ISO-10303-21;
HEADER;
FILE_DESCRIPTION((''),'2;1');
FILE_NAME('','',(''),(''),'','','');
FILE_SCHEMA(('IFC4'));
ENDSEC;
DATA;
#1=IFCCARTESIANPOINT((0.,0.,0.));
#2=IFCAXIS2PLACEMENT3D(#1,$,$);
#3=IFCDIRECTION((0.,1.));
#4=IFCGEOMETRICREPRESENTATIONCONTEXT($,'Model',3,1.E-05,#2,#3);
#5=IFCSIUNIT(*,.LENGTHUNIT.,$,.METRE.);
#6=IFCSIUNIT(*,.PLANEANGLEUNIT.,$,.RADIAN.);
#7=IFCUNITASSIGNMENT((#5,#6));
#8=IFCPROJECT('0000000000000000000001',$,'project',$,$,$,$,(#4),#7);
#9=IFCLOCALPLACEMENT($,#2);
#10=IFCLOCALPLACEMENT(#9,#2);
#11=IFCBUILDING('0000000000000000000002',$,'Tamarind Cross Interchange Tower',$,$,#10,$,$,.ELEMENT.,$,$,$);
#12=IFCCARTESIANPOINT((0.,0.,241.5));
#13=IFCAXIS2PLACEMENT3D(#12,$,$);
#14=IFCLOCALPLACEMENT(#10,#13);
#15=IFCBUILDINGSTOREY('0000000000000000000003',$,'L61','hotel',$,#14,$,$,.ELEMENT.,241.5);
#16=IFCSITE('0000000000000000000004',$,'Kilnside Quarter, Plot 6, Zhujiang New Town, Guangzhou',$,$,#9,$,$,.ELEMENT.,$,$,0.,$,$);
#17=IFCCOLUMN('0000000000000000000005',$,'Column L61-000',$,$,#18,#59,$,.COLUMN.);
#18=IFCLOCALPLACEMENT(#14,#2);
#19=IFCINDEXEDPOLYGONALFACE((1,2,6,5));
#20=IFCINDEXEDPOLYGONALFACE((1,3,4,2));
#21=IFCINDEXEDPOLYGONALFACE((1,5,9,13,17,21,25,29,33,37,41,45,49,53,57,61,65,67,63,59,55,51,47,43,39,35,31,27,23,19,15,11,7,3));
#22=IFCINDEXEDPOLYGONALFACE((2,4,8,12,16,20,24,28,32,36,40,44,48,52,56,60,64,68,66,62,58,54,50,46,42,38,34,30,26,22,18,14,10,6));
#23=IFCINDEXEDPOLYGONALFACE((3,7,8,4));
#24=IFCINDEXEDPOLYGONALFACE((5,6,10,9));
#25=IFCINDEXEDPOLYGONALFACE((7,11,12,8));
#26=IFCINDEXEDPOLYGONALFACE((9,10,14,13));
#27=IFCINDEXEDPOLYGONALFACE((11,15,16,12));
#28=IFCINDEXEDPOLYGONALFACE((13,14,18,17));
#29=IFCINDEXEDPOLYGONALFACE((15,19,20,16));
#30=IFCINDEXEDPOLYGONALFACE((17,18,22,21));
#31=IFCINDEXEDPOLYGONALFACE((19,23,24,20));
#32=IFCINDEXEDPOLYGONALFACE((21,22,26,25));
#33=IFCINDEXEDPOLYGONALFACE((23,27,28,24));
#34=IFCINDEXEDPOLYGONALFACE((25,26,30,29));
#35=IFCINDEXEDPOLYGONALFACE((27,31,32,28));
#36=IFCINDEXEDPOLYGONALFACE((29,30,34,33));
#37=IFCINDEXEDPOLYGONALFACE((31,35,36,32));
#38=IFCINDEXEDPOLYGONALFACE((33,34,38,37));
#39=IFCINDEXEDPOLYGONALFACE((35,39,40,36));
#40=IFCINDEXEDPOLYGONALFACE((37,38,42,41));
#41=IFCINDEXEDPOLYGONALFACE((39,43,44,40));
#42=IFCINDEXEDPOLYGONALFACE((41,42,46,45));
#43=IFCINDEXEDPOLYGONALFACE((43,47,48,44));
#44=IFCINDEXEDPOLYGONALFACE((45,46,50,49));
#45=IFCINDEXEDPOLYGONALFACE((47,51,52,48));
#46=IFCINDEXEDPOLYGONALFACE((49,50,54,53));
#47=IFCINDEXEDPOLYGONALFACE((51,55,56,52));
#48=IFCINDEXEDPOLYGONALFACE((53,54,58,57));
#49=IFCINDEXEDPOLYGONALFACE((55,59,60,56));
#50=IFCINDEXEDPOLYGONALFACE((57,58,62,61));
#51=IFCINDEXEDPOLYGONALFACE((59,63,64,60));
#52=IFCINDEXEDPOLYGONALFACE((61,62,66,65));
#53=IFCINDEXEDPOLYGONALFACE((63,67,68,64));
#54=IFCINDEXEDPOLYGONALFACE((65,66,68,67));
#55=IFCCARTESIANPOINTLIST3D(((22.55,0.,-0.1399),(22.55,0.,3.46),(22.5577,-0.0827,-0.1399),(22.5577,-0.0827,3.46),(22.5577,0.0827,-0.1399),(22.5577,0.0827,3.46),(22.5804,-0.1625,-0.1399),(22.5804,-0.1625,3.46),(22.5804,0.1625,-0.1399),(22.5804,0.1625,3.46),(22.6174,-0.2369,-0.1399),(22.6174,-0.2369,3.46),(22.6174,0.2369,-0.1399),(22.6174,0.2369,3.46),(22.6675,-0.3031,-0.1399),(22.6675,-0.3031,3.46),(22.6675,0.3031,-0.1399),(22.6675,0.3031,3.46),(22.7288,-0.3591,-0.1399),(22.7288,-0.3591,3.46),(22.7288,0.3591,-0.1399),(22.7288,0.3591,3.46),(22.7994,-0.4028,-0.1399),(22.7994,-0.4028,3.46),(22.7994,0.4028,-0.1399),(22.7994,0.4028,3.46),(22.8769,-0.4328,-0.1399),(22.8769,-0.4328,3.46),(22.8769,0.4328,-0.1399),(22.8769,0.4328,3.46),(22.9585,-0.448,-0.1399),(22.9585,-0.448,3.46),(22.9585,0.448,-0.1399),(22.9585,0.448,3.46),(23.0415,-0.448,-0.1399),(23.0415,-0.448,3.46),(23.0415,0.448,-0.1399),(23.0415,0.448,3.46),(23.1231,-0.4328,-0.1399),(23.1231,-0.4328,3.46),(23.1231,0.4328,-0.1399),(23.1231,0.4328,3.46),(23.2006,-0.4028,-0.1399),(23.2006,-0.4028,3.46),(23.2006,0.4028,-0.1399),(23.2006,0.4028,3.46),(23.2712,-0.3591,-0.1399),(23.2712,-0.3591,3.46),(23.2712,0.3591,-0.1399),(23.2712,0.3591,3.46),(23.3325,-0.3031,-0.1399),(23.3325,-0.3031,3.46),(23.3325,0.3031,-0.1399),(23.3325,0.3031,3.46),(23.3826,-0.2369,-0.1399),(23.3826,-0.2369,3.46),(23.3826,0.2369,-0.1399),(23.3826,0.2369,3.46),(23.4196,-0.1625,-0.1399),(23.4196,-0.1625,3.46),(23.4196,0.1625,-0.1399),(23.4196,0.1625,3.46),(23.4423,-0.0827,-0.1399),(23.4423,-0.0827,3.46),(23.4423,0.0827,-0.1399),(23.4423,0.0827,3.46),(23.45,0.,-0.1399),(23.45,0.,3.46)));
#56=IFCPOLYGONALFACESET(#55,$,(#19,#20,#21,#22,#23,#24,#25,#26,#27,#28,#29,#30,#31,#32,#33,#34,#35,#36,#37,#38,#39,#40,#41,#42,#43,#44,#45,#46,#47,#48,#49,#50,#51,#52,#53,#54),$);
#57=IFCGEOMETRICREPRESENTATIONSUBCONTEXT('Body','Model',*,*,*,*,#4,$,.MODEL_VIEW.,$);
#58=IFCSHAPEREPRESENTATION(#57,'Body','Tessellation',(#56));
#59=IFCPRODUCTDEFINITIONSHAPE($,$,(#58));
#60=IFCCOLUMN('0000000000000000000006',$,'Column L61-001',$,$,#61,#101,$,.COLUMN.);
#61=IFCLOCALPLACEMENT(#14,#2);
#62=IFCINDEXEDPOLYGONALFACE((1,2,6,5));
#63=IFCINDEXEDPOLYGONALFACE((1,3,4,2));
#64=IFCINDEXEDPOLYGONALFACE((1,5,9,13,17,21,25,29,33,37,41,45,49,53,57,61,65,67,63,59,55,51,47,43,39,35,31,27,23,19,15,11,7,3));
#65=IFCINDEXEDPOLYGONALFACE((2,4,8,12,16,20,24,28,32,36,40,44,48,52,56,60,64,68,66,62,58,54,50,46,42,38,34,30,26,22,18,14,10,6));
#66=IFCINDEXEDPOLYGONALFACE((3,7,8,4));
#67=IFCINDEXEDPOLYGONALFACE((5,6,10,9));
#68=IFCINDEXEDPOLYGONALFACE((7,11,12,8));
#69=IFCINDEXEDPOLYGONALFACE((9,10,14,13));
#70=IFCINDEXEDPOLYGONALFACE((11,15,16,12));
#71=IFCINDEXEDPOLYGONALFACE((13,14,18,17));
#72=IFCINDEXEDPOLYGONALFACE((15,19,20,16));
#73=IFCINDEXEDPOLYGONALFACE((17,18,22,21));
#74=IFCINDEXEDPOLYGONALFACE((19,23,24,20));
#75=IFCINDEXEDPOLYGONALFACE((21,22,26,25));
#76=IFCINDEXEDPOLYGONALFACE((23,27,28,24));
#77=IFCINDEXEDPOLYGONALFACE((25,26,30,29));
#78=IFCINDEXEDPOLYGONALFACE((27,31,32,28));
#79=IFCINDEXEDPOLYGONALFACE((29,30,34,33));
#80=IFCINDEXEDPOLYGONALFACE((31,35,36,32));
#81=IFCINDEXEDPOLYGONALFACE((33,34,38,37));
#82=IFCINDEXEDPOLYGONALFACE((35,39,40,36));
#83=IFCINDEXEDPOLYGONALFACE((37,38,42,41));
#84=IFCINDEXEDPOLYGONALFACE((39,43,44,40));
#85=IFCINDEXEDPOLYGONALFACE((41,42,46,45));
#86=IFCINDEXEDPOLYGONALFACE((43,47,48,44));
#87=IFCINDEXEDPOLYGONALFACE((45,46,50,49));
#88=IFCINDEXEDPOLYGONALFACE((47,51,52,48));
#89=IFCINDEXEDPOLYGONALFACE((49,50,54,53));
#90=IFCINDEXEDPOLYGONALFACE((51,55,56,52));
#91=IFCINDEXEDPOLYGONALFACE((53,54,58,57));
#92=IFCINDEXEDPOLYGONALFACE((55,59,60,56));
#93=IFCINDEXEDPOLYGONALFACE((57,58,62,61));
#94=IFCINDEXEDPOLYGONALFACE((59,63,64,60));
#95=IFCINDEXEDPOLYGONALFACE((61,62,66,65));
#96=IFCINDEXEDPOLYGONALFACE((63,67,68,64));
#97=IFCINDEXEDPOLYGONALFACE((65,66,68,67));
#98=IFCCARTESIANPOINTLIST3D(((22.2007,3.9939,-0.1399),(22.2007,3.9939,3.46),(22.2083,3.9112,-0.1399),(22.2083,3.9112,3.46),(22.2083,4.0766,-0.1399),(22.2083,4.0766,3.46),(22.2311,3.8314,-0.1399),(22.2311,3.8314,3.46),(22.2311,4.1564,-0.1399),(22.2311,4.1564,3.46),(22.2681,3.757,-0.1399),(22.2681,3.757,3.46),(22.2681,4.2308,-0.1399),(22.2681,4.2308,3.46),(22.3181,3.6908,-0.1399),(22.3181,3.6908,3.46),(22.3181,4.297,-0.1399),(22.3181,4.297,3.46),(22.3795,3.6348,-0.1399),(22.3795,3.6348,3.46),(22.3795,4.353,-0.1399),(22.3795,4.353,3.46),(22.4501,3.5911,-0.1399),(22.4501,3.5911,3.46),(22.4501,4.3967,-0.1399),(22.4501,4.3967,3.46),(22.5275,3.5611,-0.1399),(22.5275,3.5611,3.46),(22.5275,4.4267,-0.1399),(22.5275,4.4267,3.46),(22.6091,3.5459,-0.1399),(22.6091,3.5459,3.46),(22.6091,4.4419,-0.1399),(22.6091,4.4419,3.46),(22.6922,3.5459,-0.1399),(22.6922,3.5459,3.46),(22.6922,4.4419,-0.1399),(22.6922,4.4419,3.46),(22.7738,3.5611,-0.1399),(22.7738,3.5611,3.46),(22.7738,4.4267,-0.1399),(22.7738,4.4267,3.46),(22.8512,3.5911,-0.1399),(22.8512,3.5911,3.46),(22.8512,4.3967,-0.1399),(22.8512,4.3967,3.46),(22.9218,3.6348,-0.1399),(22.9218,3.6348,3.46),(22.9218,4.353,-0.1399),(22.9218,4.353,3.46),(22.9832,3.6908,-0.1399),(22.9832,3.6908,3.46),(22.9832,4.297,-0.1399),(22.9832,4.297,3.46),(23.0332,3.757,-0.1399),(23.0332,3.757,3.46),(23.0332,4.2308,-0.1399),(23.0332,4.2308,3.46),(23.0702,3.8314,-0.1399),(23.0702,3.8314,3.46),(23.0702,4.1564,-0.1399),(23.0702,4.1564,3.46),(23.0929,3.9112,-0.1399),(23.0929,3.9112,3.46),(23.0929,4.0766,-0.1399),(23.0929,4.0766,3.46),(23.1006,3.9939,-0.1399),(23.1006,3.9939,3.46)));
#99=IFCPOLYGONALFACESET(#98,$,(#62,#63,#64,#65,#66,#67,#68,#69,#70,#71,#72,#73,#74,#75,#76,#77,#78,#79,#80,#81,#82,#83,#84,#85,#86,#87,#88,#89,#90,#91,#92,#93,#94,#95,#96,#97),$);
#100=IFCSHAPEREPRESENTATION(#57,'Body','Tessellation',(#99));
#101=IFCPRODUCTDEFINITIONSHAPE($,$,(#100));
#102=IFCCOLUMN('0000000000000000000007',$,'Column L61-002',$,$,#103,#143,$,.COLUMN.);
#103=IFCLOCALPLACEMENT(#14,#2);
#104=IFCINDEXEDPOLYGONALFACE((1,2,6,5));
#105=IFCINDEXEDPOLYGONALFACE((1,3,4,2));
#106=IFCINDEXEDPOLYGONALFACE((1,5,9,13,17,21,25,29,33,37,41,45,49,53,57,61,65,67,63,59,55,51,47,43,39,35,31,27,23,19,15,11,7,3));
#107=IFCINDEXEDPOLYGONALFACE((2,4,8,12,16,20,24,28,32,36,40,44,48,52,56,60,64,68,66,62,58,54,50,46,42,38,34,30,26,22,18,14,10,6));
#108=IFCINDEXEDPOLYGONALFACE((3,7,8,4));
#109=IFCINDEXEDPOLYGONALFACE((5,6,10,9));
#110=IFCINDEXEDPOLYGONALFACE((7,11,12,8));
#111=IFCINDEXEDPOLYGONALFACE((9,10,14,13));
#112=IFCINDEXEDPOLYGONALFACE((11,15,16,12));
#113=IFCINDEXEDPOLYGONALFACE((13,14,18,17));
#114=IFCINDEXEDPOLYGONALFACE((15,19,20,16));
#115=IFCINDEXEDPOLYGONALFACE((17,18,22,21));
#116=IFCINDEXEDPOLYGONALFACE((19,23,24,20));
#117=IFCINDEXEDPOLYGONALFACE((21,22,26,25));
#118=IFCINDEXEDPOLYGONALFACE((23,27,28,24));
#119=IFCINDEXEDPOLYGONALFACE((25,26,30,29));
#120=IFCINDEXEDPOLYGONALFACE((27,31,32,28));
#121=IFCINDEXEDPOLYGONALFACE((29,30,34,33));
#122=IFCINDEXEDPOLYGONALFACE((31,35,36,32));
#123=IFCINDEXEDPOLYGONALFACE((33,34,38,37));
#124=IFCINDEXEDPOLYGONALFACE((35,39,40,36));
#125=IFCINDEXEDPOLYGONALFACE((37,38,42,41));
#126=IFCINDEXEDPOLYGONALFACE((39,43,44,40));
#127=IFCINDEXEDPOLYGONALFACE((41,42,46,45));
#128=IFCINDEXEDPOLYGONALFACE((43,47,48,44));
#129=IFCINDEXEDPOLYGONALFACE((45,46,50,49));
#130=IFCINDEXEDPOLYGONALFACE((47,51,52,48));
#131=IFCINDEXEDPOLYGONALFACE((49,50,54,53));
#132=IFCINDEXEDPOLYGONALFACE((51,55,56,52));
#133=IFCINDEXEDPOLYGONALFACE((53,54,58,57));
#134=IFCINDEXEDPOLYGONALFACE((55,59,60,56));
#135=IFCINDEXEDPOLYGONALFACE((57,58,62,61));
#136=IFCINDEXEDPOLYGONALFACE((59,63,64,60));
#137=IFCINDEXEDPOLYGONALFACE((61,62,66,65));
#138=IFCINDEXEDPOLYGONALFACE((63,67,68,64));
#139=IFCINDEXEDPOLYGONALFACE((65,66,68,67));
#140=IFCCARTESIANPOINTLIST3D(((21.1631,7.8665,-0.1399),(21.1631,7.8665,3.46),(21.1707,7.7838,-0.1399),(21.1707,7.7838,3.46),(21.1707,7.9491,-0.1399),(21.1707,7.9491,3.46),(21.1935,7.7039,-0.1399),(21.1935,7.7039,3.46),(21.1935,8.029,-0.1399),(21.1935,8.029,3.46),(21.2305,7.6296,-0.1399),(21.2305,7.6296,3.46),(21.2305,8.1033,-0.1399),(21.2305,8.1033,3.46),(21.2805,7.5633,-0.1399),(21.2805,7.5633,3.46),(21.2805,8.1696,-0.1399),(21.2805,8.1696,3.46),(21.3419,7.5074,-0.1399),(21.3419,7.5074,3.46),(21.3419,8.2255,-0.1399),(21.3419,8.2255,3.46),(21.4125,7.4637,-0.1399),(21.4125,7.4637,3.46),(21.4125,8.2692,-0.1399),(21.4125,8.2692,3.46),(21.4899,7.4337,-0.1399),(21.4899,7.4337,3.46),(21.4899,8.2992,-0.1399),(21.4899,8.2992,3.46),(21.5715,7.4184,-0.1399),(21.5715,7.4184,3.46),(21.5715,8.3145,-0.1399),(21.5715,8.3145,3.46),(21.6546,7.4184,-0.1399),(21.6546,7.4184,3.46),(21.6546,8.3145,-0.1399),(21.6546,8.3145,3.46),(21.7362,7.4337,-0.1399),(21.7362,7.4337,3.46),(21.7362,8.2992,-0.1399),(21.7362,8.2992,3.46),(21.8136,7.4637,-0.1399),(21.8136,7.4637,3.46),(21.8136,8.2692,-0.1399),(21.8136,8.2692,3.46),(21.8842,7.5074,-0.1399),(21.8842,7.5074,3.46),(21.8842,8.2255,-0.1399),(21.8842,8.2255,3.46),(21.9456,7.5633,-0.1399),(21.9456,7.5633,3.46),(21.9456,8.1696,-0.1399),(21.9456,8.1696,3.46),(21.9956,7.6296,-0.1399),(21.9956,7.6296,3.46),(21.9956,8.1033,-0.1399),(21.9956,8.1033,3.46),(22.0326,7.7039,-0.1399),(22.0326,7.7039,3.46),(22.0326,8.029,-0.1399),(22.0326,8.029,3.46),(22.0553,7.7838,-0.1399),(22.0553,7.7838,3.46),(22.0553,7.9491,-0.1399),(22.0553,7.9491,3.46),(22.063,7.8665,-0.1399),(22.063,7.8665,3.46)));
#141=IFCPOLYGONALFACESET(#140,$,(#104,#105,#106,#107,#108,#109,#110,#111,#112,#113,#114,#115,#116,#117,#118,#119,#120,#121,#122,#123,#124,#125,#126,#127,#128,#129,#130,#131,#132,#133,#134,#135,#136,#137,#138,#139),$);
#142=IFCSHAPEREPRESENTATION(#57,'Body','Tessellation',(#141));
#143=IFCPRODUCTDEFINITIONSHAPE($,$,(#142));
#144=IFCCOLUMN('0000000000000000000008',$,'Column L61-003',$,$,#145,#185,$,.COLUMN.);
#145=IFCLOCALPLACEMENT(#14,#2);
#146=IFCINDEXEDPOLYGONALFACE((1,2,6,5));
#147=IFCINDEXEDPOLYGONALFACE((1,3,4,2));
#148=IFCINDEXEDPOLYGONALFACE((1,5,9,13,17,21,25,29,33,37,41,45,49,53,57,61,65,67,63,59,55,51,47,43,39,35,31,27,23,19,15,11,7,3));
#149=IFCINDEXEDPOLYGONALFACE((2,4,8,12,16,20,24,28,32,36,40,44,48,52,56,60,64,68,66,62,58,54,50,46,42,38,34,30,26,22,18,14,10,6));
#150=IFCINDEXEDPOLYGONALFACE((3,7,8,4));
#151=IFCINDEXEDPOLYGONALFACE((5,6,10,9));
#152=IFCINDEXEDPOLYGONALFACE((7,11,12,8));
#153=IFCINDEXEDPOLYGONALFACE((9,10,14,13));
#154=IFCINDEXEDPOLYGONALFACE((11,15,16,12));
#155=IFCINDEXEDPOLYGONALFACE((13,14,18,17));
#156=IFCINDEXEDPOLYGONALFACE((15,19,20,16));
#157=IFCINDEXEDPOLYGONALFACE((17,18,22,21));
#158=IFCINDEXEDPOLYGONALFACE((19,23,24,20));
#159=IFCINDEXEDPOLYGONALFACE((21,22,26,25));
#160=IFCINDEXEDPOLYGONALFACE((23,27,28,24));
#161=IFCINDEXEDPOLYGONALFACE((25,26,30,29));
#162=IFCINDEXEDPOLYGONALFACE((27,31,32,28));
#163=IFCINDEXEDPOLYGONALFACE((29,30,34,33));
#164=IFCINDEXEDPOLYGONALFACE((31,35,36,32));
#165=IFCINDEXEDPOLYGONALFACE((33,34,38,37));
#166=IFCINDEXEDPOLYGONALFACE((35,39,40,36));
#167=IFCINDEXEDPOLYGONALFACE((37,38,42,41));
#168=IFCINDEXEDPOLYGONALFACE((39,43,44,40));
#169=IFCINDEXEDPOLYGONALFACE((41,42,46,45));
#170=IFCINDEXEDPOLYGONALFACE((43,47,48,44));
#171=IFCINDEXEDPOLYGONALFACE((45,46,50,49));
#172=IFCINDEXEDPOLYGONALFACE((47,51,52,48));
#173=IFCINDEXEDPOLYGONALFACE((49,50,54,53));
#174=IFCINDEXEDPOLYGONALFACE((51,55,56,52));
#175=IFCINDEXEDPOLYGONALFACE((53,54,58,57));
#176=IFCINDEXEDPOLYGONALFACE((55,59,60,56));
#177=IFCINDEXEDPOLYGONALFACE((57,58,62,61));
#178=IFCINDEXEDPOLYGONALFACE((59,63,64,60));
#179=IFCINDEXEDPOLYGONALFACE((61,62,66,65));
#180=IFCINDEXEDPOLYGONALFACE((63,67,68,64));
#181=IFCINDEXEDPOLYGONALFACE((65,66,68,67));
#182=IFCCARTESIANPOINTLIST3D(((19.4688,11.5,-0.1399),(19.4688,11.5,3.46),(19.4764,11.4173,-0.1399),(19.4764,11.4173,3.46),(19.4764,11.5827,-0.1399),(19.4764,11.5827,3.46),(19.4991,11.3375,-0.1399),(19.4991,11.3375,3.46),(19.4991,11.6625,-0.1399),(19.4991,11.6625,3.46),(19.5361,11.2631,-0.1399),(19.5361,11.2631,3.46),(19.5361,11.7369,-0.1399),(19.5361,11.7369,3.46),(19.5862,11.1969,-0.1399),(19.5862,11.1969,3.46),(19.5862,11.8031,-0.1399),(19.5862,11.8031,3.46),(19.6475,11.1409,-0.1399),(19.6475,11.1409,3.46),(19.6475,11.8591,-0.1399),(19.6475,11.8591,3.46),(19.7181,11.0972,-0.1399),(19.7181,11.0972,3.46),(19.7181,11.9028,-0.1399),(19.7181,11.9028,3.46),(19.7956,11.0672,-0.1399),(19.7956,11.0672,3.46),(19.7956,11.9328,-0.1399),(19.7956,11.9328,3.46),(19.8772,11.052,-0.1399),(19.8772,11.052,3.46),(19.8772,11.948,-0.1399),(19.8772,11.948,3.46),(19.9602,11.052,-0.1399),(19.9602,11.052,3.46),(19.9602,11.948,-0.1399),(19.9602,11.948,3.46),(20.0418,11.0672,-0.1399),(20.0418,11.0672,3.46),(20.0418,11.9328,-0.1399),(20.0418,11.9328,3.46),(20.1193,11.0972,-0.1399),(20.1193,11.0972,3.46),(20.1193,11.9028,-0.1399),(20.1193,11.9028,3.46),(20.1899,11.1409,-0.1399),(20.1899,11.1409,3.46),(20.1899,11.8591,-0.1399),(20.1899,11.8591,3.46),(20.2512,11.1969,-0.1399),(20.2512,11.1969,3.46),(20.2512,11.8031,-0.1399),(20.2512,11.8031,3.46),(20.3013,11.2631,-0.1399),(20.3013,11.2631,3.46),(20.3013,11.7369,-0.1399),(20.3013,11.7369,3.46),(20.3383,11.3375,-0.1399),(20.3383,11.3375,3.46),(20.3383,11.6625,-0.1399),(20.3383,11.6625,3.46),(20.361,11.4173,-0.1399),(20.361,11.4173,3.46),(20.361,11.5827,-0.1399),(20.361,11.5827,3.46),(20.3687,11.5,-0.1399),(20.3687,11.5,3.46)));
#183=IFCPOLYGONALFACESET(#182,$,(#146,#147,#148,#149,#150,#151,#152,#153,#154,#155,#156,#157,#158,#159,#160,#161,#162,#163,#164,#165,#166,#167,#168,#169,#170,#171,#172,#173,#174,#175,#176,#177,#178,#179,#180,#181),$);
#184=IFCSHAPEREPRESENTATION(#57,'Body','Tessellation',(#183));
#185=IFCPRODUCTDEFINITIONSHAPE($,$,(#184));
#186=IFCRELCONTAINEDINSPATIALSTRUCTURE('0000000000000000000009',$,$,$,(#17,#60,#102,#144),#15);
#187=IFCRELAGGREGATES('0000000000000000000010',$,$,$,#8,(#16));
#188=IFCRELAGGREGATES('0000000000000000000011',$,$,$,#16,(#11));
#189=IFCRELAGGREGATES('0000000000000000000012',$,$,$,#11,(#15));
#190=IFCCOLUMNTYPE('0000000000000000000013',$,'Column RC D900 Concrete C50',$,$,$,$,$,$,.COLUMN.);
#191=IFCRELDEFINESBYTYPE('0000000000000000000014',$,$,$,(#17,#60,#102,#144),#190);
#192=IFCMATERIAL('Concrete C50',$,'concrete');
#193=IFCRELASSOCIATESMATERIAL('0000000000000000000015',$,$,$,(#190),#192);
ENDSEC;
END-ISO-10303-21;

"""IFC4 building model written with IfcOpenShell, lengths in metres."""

from ifc_helpers import new_model, si_unit, direction, frame, origin, origin_2d, place, context, subcontext, project, spatial, circle, extrude, material, material_profile, profile_set, type_object, element, save


model = new_model("IFC4")

# Units and contexts
model_context = context("Model", 3, precision=1e-05, world=origin(), true_north=direction((0.0, 1.0)))
body_context = subcontext(model_context, "Body", "Model", "MODEL_VIEW")
ifc_project = project(units=[si_unit("LENGTHUNIT", "METRE"), si_unit("PLANEANGLEUNIT", "RADIAN")], contexts=[model_context])

# Site, building, storey
site_placement = place(None, origin())
site = spatial("IfcSite", under=ifc_project, at=site_placement, Name="Kilnside Quarter, Plot 6, Zhujiang New Town, Guangzhou", CompositionType="ELEMENT", RefElevation=0.0)
building_placement = place(site_placement, origin())
building = spatial("IfcBuilding", under=site, at=building_placement, Name="Tamarind Cross Interchange Tower", CompositionType="ELEMENT")
storey_placement = place(building_placement, frame((0.0, 0.0, 241.5)))
storey = spatial("IfcBuildingStorey", under=building, at=storey_placement, Name="L61", Description="hotel", CompositionType="ELEMENT", Elevation=241.5)

# Columns
ifc_material_1 = material(Name="Concrete C50", Category="concrete")
ifc_material_profile_1 = material_profile(ifc_material_1, circle(Radius=0.45, at=origin_2d()), Name="RC D900")
ifc_profile_set_1 = profile_set([ifc_material_profile_1], Name="Concrete C50")
column_type = type_object("IfcColumnType", Name="Column RC D900 Concrete C50", PredefinedType="COLUMN", material=ifc_profile_set_1)
for number, where, z_axis, x_axis, name in (
    (1, (23.0, 0.0, -0.1399), (0.0, 0.0, 1.0), (1.0, 0.0, 0.0), "Column L61-000"),
    (2, (22.6506, 3.9939, -0.1399), (0.0, 0.0, 1.0), (1.0, 0.0, 0.0), "Column L61-001"),
    (3, (21.613, 7.8665, -0.1399), (0.0, 0.0, 1.0), (1.0, 0.0, 0.0), "Column L61-002"),
    (4, (19.9187, 11.5, -0.1399), (0.0, 0.0, 1.0), (1.0, 0.0, 0.0), "Column L61-003"),
):
    element("IfcColumn", number, at=place(storey_placement, frame(where, z_axis=z_axis, x_axis=x_axis)), inside=storey, type_object=column_type, Name=name, PredefinedType="COLUMN", context=body_context, shape_type="SweptSolid", body=[
        extrude(circle(Radius=0.45, at=origin_2d()), origin(), (0.0, 0.0, 1.0), 3.5999),
    ])

save(model, "model.ifc")
